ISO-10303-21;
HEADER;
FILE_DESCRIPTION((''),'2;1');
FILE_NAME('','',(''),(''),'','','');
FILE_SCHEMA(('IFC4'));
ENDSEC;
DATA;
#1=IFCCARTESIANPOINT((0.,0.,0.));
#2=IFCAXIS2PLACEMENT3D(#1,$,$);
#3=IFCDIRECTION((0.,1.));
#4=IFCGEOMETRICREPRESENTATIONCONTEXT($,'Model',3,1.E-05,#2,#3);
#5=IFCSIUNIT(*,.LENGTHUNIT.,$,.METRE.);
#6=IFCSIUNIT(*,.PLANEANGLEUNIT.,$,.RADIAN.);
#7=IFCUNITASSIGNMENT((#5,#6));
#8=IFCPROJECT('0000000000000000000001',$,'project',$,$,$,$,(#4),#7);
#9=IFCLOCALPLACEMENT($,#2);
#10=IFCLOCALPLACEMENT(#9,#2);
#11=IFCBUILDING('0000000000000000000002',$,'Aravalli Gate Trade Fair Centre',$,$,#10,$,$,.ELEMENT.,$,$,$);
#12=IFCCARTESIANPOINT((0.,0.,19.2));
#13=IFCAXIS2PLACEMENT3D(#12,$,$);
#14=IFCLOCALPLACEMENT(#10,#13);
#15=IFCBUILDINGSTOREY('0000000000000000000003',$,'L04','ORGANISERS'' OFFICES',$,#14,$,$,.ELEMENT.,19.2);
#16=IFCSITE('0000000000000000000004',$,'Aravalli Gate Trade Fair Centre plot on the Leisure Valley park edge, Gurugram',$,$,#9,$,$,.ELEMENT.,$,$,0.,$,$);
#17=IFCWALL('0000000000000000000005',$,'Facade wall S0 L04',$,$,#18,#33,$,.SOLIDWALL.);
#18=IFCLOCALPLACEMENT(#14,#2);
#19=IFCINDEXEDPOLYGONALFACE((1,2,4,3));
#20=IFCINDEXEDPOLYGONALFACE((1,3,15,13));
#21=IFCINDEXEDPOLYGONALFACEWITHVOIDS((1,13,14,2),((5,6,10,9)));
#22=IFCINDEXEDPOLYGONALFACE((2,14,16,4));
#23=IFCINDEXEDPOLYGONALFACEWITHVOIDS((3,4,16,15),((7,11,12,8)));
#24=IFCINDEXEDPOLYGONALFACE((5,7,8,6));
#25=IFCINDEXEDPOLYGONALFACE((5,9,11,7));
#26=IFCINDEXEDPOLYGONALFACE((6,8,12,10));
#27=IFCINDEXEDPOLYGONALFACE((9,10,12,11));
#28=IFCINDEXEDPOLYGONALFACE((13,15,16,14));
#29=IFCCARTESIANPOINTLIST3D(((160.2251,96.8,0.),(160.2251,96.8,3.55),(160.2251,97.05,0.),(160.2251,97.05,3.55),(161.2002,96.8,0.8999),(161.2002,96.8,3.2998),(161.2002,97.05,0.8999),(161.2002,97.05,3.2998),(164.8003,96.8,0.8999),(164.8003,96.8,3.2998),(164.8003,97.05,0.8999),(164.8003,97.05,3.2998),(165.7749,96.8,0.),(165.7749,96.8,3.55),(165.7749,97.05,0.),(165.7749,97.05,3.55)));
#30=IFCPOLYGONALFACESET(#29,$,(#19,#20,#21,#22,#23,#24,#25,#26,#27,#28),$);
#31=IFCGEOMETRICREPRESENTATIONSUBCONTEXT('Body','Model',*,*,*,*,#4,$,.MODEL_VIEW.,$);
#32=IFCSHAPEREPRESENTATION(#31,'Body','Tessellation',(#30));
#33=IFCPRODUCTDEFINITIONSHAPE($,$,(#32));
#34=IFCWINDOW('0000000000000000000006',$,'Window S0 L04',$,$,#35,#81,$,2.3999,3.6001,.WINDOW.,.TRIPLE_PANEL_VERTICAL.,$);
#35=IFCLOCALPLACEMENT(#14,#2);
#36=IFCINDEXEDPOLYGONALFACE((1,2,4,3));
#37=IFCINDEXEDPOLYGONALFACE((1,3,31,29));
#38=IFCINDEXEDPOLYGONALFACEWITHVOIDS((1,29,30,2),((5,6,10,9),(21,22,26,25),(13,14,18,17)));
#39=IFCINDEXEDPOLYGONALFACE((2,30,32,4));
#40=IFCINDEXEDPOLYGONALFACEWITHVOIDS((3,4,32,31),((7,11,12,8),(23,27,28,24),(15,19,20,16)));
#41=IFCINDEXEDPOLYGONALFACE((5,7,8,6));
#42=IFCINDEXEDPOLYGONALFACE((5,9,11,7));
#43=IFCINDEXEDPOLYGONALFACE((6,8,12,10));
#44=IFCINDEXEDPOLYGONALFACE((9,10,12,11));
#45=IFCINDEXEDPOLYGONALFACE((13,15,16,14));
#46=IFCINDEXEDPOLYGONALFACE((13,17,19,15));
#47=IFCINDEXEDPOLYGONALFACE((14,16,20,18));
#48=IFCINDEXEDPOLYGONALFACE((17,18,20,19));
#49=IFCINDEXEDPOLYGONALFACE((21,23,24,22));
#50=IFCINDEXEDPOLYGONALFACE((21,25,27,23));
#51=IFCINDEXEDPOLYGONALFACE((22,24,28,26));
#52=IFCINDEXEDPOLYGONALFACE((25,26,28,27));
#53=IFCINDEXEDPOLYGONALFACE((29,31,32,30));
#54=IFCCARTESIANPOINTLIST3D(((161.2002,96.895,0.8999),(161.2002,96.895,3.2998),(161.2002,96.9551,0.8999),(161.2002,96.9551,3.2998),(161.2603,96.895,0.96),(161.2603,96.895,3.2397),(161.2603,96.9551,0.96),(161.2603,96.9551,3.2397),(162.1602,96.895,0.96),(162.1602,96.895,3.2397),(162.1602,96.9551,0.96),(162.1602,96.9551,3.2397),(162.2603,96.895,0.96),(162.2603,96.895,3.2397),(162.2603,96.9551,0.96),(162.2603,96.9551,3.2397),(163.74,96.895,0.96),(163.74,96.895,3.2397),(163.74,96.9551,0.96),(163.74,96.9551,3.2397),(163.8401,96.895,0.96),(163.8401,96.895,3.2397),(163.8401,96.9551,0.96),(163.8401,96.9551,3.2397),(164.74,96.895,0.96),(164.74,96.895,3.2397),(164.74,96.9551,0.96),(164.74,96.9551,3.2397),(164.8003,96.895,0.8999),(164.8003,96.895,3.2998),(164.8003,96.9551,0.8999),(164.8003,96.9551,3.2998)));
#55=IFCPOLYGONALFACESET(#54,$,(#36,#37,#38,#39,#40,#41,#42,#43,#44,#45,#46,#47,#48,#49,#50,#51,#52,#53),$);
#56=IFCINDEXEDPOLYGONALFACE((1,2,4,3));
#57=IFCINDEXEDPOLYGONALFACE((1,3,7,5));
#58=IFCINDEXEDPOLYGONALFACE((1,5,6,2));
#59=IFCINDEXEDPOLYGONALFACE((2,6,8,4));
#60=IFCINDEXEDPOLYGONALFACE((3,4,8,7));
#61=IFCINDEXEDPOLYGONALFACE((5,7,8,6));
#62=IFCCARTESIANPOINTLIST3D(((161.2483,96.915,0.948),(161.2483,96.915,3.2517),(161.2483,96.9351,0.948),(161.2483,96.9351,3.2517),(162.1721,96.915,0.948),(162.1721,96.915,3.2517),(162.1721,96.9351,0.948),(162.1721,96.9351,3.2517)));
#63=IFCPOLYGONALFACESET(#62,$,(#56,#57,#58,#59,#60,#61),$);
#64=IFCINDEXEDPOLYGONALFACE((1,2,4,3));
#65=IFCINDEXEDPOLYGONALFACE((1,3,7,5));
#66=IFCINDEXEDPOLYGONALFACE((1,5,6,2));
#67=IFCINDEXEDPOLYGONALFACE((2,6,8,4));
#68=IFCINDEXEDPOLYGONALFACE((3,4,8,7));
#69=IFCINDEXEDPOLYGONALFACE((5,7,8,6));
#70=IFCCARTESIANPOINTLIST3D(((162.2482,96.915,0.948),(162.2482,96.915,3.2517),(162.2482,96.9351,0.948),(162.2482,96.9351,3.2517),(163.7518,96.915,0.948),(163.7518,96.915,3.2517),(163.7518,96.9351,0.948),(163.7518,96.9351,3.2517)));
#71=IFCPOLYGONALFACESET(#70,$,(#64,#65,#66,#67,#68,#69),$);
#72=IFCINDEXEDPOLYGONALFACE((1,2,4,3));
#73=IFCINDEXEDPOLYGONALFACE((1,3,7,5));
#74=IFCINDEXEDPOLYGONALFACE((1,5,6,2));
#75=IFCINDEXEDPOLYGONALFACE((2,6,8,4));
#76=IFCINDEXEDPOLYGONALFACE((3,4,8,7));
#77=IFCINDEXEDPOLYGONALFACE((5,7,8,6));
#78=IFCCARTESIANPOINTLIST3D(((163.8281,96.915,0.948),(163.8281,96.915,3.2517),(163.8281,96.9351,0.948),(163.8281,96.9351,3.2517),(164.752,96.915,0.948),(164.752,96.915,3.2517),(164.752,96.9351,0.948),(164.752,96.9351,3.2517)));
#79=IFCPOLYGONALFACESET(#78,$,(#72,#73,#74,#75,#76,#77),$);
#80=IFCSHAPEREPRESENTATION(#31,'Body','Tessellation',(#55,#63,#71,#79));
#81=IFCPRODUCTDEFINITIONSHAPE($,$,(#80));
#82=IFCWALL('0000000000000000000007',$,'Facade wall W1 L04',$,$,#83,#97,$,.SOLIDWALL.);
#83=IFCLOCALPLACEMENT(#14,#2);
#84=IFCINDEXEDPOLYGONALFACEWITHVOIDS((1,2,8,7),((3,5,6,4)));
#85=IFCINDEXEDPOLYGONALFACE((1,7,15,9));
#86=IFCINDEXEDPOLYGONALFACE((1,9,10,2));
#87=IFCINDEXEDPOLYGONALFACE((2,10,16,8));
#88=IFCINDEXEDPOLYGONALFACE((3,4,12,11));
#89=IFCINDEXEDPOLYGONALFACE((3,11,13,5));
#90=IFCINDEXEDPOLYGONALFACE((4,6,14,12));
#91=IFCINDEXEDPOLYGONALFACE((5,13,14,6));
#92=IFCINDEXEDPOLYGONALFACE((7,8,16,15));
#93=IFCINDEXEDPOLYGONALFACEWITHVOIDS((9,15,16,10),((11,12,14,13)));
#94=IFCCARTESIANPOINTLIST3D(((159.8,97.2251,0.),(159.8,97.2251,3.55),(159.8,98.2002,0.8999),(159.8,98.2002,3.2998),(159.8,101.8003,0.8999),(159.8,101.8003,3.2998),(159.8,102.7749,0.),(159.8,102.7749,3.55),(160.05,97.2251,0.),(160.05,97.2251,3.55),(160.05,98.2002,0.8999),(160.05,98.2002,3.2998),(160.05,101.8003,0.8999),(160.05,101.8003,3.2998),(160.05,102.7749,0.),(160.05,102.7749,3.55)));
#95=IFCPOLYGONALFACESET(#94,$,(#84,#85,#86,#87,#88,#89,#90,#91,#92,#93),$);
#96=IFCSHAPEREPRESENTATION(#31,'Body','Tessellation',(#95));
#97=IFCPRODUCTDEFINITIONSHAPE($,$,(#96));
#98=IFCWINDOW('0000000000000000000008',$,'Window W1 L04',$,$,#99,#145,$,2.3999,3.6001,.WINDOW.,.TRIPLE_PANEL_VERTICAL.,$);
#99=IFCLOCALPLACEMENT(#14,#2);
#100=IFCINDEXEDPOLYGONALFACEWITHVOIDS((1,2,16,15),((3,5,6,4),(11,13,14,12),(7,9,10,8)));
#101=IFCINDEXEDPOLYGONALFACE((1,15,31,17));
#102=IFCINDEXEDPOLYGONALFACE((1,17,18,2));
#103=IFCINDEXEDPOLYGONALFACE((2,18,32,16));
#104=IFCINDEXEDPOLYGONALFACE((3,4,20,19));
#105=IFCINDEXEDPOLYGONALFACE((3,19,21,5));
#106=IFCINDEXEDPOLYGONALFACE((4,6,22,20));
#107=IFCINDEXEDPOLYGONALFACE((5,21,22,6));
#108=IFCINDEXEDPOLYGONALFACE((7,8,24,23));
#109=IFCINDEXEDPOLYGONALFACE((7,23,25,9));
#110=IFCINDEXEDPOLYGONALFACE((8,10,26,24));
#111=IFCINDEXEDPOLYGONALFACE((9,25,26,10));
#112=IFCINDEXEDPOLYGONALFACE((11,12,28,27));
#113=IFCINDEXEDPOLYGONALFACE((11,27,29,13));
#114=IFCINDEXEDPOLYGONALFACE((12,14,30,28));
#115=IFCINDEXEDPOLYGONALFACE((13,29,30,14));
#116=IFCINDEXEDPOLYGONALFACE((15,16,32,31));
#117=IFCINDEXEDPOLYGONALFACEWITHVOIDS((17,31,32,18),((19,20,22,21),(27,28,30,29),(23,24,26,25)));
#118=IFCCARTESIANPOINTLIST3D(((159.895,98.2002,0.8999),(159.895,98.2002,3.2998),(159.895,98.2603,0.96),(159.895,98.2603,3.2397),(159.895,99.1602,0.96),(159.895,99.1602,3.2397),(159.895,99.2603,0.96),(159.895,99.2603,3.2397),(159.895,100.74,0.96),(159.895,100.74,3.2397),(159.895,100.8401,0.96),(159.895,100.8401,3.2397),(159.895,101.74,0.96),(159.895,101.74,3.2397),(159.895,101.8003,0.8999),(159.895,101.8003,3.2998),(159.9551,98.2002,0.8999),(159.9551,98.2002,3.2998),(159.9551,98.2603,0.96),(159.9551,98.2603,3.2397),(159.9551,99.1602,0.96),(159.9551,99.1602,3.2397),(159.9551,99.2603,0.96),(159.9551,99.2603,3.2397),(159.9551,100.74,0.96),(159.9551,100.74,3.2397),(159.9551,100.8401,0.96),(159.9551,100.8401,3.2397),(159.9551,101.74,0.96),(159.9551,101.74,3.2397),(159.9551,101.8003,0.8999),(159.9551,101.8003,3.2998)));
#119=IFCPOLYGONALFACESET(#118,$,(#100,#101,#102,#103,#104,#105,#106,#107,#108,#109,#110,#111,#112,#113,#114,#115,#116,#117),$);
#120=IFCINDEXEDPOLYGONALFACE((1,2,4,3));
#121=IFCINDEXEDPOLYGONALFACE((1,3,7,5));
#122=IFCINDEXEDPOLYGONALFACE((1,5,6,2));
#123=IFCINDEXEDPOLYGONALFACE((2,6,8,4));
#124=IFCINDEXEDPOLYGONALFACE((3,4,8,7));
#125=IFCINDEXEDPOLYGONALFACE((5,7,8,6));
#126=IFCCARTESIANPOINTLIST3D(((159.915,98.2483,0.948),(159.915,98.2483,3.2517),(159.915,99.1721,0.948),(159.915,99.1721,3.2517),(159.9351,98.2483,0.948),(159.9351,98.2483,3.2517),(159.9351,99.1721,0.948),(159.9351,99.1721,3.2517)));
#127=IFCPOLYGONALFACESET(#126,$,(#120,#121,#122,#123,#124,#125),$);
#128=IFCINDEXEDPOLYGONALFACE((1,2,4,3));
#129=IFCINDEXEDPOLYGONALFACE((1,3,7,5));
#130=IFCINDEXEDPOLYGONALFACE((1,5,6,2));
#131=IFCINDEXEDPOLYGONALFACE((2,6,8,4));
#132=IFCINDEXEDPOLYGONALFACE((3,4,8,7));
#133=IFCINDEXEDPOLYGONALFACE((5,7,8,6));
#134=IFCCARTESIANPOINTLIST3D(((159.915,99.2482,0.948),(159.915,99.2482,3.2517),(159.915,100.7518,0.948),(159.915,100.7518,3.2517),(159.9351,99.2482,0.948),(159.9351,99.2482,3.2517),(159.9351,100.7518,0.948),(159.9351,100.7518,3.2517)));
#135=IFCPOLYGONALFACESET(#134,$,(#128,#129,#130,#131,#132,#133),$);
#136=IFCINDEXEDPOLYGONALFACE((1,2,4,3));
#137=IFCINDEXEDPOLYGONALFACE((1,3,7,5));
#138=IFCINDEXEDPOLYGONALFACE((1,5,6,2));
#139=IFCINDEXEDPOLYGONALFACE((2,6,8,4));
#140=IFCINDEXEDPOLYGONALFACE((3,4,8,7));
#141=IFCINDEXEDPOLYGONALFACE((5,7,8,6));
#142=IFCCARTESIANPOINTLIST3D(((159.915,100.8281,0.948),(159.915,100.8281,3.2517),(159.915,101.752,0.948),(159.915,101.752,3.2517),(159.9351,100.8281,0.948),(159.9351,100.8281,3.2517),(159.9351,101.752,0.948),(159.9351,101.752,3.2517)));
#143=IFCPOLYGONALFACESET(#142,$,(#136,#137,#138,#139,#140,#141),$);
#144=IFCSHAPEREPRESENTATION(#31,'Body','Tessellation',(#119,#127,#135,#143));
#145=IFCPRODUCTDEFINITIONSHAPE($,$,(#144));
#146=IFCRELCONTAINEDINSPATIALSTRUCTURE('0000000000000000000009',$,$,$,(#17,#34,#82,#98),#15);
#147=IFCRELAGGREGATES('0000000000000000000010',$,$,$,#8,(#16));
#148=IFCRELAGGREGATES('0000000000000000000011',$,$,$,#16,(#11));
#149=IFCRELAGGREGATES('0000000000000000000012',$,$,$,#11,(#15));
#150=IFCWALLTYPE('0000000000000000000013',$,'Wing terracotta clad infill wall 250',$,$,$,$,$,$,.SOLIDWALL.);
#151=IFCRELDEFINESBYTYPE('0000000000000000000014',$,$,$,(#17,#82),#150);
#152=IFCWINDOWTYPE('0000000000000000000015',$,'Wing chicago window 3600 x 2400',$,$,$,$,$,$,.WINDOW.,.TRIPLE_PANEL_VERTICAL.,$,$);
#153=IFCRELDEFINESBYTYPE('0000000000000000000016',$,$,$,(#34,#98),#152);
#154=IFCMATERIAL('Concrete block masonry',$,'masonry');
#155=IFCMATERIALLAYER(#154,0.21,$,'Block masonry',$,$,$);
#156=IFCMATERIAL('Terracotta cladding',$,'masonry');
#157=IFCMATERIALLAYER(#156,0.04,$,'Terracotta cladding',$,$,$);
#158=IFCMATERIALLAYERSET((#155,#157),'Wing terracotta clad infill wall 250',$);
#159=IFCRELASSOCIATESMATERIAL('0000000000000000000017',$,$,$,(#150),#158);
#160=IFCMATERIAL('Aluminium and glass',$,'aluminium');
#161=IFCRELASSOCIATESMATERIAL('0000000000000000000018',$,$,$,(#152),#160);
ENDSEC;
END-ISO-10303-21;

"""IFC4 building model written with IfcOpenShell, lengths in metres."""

from ifc_helpers import new_model, si_unit, direction, frame, frame_2d, origin, place, context, subcontext, project, spatial, polyline, rectangle, outline, extrude, material, layer, layer_set, type_object, element, fill, save


model = new_model("IFC4")

# Units and contexts
model_context = context("Model", 3, precision=1e-05, world=origin(), true_north=direction((0.0, 1.0)))
body_context = subcontext(model_context, "Body", "Model", "MODEL_VIEW")
ifc_project = project(units=[si_unit("LENGTHUNIT", "METRE"), si_unit("PLANEANGLEUNIT", "RADIAN")], contexts=[model_context])

# Site, building, storey
site_placement = place(None, origin())
site = spatial("IfcSite", under=ifc_project, at=site_placement, Name="Aravalli Gate Trade Fair Centre plot on the Leisure Valley park edge, Gurugram", CompositionType="ELEMENT", RefElevation=0.0)
building_placement = place(site_placement, origin())
building = spatial("IfcBuilding", under=site, at=building_placement, Name="Aravalli Gate Trade Fair Centre", CompositionType="ELEMENT")
storey_placement = place(building_placement, frame((0.0, 0.0, 19.2)))
storey = spatial("IfcBuildingStorey", under=building, at=storey_placement, Name="L04", Description="ORGANISERS' OFFICES", CompositionType="ELEMENT", Elevation=19.2)

# Shared definitions
ifc_material_1 = material(Name="Aluminium and glass", Category="aluminium")

# Walls, openings, windows
ifc_material_2 = material(Name="Concrete block masonry", Category="masonry")
ifc_layer_1 = layer(ifc_material_2, 0.21, Name="Block masonry")
ifc_material_3 = material(Name="Terracotta cladding", Category="masonry")
ifc_layer_2 = layer(ifc_material_3, 0.04, Name="Terracotta cladding")
ifc_layer_set_1 = layer_set([ifc_layer_1, ifc_layer_2], Name="Wing terracotta clad infill wall 250")
wall_type_1 = type_object("IfcWallType", Name="Wing terracotta clad infill wall 250", PredefinedType="SOLIDWALL", material=ifc_layer_set_1)
wall_1_placement = place(storey_placement, frame((160.2251, 96.925, 0.0), z_axis=(0.0, 0.0, 1.0), x_axis=(1.0, 0.0, 0.0)))
wall_1 = element("IfcWall", 1, at=wall_1_placement, inside=storey, type_object=wall_type_1, Name="Facade wall S0 L04", PredefinedType="SOLIDWALL", context=body_context, shape_type="SweptSolid", body=[
    extrude(rectangle(XDim=5.5498, YDim=0.25, at=frame_2d((2.7749, 0.0))), origin(), (0.0, 0.0, 1.0), 3.55),
])
opening_1_placement = place(wall_1_placement, frame((0.9751, 0.0, 0.8999)))
opening_1 = element("IfcOpeningElement", 2, at=opening_1_placement, cuts=wall_1, PredefinedType="OPENING", context=body_context, shape_type="SweptSolid", body=[
    extrude(rectangle(XDim=3.6001, YDim=2.3999, at=frame_2d((1.8, 1.2))), frame((0.0, 0.135, 0.0), z_axis=(0.0, -1.0, 0.0), x_axis=(1.0, 0.0, 0.0)), (0.0, 0.0, 1.0), 0.27),
])
window_type_1 = type_object("IfcWindowType", Name="Wing chicago window 3600 x 2400", PartitioningType="TRIPLE_PANEL_VERTICAL", PredefinedType="WINDOW", material=ifc_material_1)
window_1_placement = place(opening_1_placement, origin())
window_1 = element("IfcWindow", 3, at=window_1_placement, inside=storey, type_object=window_type_1, Name="Window S0 L04", OverallHeight=2.3999, OverallWidth=3.6001, PartitioningType="TRIPLE_PANEL_VERTICAL", PredefinedType="WINDOW", context=body_context, shape_type="SweptSolid", body=[
    extrude(outline(polyline([(0.0, 0.0), (3.6001, 0.0), (3.6001, 2.3999), (0.0, 2.3999), (0.0, 0.0)]), holes=[polyline([(0.0601, 0.0601), (0.96, 0.0601), (0.96, 2.3398), (0.0601, 2.3398), (0.0601, 0.0601)]), polyline([(1.0601, 0.0601), (2.5398, 0.0601), (2.5398, 2.3398), (1.0601, 2.3398), (1.0601, 0.0601)]), polyline([(2.6399, 0.0601), (3.5398, 0.0601), (3.5398, 2.3398), (2.6399, 2.3398), (2.6399, 0.0601)])]), frame((0.0, 0.03, 0.0), z_axis=(0.0, -1.0, 0.0), x_axis=(1.0, 0.0, 0.0)), (0.0, 0.0, 1.0), 0.0601),
    extrude(rectangle(XDim=0.9238, YDim=2.3037, at=frame_2d((0.51, 1.2))), frame((0.0, 0.01, 0.0), z_axis=(0.0, -1.0, 0.0), x_axis=(1.0, 0.0, 0.0)), (0.0, 0.0, 1.0), 0.02),
    extrude(rectangle(XDim=1.5037, YDim=2.3037, at=frame_2d((1.7998, 1.2))), frame((0.0, 0.01, 0.0), z_axis=(0.0, -1.0, 0.0), x_axis=(1.0, 0.0, 0.0)), (0.0, 0.0, 1.0), 0.02),
    extrude(rectangle(XDim=0.9238, YDim=2.3037, at=frame_2d((3.0898, 1.2))), frame((0.0, 0.01, 0.0), z_axis=(0.0, -1.0, 0.0), x_axis=(1.0, 0.0, 0.0)), (0.0, 0.0, 1.0), 0.02),
])
fill(opening_1, window_1)
wall_2_placement = place(storey_placement, frame((159.925, 97.2251, 0.0), z_axis=(0.0, 0.0, 1.0), x_axis=(0.0, 1.0, 0.0)))
wall_2 = element("IfcWall", 4, at=wall_2_placement, inside=storey, type_object=wall_type_1, Name="Facade wall W1 L04", PredefinedType="SOLIDWALL", context=body_context, shape_type="SweptSolid", body=[
    extrude(rectangle(XDim=5.5498, YDim=0.25, at=frame_2d((2.7749, 0.0))), origin(), (0.0, 0.0, 1.0), 3.55),
])
opening_2_placement = place(wall_2_placement, frame((0.9751, 0.0, 0.8999)))
opening_2 = element("IfcOpeningElement", 5, at=opening_2_placement, cuts=wall_2, PredefinedType="OPENING", context=body_context, shape_type="SweptSolid", body=[
    extrude(rectangle(XDim=3.6001, YDim=2.3999, at=frame_2d((1.8, 1.2))), frame((0.0, 0.135, 0.0), z_axis=(0.0, -1.0, 0.0), x_axis=(1.0, 0.0, 0.0)), (0.0, 0.0, 1.0), 0.27),
])
window_2_placement = place(opening_2_placement, origin())
window_2 = element("IfcWindow", 6, at=window_2_placement, inside=storey, type_object=window_type_1, Name="Window W1 L04", OverallHeight=2.3999, OverallWidth=3.6001, PartitioningType="TRIPLE_PANEL_VERTICAL", PredefinedType="WINDOW", context=body_context, shape_type="SweptSolid", body=[
    extrude(outline(polyline([(0.0, 0.0), (3.6001, 0.0), (3.6001, 2.3999), (0.0, 2.3999), (0.0, 0.0)]), holes=[polyline([(0.0601, 0.0601), (0.96, 0.0601), (0.96, 2.3398), (0.0601, 2.3398), (0.0601, 0.0601)]), polyline([(1.0601, 0.0601), (2.5398, 0.0601), (2.5398, 2.3398), (1.0601, 2.3398), (1.0601, 0.0601)]), polyline([(2.6399, 0.0601), (3.5398, 0.0601), (3.5398, 2.3398), (2.6399, 2.3398), (2.6399, 0.0601)])]), frame((0.0, 0.03, 0.0), z_axis=(0.0, -1.0, 0.0), x_axis=(1.0, 0.0, 0.0)), (0.0, 0.0, 1.0), 0.0601),
    extrude(rectangle(XDim=0.9238, YDim=2.3037, at=frame_2d((0.51, 1.2))), frame((0.0, 0.01, 0.0), z_axis=(0.0, -1.0, 0.0), x_axis=(1.0, 0.0, 0.0)), (0.0, 0.0, 1.0), 0.02),
    extrude(rectangle(XDim=1.5037, YDim=2.3037, at=frame_2d((1.7998, 1.2))), frame((0.0, 0.01, 0.0), z_axis=(0.0, -1.0, 0.0), x_axis=(1.0, 0.0, 0.0)), (0.0, 0.0, 1.0), 0.02),
    extrude(rectangle(XDim=0.9238, YDim=2.3037, at=frame_2d((3.0898, 1.2))), frame((0.0, 0.01, 0.0), z_axis=(0.0, -1.0, 0.0), x_axis=(1.0, 0.0, 0.0)), (0.0, 0.0, 1.0), 0.02),
])
fill(opening_2, window_2)

save(model, "model.ifc")
